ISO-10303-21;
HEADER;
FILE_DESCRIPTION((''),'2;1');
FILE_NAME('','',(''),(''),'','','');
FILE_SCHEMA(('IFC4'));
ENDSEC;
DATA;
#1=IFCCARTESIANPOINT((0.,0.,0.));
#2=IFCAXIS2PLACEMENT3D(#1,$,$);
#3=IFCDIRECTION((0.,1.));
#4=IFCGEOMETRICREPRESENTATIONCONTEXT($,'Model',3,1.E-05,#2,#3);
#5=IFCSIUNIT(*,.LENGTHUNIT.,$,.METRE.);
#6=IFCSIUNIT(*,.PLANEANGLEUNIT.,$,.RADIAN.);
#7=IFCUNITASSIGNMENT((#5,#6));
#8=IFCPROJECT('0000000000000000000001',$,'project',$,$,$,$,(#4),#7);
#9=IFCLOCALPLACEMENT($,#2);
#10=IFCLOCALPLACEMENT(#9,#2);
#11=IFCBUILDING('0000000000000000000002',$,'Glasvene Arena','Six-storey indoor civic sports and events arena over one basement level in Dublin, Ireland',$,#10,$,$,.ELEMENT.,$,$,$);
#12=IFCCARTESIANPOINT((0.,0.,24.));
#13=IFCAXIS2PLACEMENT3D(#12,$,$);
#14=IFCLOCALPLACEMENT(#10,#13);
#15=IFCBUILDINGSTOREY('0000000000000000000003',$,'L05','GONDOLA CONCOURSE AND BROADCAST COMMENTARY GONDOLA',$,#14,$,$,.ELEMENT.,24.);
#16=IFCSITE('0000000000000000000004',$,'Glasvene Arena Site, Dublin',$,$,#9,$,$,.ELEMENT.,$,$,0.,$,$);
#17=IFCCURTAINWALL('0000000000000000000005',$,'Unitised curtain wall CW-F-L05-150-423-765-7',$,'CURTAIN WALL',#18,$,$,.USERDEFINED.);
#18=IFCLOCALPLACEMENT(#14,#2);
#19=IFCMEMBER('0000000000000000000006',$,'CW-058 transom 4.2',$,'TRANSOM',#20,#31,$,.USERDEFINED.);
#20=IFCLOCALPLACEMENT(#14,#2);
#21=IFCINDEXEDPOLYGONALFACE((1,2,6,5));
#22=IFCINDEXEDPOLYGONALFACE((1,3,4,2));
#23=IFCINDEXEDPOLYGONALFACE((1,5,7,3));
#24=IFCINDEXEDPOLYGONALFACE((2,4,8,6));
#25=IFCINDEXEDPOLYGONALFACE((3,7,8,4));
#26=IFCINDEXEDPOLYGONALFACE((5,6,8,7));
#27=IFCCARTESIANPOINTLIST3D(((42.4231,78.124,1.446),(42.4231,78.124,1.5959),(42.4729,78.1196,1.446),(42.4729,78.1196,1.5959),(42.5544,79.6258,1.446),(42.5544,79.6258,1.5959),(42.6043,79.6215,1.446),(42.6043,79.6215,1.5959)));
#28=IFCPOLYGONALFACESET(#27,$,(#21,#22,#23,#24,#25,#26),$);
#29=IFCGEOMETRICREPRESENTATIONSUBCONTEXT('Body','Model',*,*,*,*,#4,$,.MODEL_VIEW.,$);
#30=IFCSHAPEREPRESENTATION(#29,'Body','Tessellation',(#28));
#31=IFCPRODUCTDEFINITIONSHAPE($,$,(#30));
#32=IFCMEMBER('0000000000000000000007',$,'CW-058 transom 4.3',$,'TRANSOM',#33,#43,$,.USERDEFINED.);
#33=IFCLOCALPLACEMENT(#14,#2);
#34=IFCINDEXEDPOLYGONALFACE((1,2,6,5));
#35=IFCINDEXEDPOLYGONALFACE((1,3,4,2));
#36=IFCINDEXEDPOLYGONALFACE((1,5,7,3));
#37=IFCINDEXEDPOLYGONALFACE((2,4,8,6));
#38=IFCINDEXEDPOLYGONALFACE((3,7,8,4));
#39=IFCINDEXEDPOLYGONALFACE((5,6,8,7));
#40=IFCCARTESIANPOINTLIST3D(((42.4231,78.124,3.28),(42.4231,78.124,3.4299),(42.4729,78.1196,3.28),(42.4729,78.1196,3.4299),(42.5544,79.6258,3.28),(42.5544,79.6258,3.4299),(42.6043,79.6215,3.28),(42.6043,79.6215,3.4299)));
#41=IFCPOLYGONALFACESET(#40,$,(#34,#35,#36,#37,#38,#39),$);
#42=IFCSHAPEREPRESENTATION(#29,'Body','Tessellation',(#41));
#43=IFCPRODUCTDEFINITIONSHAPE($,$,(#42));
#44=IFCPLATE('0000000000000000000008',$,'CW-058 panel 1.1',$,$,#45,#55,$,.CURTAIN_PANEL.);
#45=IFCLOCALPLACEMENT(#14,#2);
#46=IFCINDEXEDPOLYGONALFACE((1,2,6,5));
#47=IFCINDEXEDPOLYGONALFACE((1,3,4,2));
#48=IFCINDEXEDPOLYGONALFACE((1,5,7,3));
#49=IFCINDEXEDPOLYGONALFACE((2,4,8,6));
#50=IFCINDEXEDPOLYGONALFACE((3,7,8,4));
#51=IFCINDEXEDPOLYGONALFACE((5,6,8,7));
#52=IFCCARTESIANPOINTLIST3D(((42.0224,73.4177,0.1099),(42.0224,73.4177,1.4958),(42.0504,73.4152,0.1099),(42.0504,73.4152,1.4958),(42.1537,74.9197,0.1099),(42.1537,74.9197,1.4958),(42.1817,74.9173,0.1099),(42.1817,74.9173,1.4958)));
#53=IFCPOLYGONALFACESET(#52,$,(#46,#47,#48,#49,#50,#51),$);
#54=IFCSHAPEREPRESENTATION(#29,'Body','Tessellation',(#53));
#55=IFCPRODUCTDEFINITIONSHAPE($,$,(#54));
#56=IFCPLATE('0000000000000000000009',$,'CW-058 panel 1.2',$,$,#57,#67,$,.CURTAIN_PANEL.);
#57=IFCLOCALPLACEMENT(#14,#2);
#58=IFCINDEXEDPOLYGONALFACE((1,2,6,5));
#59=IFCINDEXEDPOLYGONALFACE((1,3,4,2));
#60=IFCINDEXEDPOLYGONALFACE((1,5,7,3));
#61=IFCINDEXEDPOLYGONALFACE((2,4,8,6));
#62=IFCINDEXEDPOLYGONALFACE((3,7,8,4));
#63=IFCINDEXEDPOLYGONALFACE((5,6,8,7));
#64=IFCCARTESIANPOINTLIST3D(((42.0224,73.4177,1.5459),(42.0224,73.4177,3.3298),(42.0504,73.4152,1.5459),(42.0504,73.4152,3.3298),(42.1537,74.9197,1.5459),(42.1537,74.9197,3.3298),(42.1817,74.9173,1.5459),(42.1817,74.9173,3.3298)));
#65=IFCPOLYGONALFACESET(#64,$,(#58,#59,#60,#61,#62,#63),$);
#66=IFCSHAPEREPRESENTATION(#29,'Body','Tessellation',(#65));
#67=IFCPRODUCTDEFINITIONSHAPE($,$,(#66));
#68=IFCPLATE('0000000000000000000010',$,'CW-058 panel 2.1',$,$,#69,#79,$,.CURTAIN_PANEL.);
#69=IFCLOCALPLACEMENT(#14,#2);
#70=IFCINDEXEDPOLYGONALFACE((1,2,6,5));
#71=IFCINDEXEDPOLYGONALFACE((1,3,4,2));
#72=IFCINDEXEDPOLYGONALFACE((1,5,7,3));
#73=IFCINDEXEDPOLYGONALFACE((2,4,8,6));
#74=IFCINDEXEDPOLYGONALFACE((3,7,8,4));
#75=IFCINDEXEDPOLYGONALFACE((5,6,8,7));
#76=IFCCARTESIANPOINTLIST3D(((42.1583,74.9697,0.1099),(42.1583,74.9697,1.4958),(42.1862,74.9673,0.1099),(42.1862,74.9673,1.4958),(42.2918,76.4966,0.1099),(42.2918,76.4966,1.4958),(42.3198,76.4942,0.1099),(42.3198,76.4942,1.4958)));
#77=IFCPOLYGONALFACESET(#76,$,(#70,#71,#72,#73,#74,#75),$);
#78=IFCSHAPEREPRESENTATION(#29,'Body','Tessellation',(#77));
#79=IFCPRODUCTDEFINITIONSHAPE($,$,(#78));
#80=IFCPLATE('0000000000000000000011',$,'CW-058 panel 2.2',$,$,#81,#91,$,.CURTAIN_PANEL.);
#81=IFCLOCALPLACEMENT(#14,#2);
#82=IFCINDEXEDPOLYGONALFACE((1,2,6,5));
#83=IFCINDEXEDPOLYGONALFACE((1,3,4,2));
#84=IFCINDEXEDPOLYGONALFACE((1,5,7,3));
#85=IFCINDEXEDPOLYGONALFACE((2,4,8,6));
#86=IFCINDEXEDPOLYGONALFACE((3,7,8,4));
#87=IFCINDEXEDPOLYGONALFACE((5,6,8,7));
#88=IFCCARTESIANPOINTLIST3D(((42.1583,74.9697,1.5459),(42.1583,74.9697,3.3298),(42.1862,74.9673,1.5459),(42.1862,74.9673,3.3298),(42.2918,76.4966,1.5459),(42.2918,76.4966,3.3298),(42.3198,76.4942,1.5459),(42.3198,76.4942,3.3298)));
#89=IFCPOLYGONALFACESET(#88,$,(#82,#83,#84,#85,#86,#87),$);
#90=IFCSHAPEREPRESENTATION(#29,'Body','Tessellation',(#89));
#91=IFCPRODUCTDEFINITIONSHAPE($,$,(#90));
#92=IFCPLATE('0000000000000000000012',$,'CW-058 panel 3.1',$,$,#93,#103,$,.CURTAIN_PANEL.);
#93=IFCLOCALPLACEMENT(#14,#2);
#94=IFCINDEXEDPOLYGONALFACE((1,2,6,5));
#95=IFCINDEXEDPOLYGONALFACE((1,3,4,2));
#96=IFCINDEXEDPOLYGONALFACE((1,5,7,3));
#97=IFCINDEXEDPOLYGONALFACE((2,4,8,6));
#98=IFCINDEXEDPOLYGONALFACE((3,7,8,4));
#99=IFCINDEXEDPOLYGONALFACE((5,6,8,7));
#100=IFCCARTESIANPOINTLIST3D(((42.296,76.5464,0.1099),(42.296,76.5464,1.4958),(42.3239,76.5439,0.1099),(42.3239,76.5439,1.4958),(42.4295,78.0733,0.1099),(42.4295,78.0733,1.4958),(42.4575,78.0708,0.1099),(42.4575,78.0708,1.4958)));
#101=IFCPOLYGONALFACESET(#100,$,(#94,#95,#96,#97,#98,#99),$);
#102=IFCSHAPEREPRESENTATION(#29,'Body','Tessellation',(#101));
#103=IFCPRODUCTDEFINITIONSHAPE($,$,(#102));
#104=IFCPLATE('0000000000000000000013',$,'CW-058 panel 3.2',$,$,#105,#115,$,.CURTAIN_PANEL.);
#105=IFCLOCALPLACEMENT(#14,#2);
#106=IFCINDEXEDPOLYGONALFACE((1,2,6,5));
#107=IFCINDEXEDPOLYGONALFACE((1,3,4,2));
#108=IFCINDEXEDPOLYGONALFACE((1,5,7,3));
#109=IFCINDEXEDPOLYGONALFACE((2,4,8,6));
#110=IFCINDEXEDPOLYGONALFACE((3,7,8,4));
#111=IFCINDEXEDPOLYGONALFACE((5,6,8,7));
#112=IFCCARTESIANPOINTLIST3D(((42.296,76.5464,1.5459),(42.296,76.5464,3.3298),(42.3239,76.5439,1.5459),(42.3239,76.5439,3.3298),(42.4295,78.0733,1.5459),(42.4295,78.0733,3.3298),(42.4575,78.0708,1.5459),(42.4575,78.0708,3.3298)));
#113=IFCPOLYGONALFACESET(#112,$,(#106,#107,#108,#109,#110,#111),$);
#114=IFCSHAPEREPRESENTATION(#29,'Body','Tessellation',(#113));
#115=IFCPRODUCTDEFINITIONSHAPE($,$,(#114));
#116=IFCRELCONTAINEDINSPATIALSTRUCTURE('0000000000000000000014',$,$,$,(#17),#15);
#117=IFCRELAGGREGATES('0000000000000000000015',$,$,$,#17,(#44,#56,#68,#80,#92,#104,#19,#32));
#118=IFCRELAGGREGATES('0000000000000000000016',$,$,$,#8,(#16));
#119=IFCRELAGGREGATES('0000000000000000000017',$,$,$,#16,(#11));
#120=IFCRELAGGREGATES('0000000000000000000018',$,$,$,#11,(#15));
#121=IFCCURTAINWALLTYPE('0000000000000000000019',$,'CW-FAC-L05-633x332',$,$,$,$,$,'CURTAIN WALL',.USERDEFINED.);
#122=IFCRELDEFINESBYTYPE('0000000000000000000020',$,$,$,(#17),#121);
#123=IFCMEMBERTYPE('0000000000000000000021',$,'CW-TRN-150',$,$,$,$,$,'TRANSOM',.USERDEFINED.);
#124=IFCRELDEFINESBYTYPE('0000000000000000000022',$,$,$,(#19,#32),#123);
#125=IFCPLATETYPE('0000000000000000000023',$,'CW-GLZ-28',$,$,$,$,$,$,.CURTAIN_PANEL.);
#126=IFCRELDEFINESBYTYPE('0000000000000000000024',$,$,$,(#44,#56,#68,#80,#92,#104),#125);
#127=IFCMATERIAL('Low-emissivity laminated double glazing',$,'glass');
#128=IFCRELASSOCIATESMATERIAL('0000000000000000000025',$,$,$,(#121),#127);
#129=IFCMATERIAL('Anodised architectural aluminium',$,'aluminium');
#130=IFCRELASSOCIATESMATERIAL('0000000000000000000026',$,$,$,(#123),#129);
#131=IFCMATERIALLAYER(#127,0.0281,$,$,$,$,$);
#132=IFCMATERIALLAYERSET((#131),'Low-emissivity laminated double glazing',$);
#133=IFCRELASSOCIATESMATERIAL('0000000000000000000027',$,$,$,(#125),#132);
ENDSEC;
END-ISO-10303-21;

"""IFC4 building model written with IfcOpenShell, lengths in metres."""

from ifc_helpers import new_model, si_unit, direction, frame, origin, origin_2d, place, context, subcontext, project, spatial, rectangle, extrude, material, layer, layer_set, material_profile, profile_set, type_object, element, aggregate, save


model = new_model("IFC4")

# Units and contexts
model_context = context("Model", 3, precision=1e-05, world=origin(), true_north=direction((0.0, 1.0)))
body_context = subcontext(model_context, "Body", "Model", "MODEL_VIEW")
ifc_project = project(units=[si_unit("LENGTHUNIT", "METRE"), si_unit("PLANEANGLEUNIT", "RADIAN")], contexts=[model_context])

# Site, building, storey
site_placement = place(None, origin())
site = spatial("IfcSite", under=ifc_project, at=site_placement, Name="Glasvene Arena Site, Dublin", CompositionType="ELEMENT", RefElevation=0.0)
building_placement = place(site_placement, origin())
building = spatial("IfcBuilding", under=site, at=building_placement, Name="Glasvene Arena", Description="Six-storey indoor civic sports and events arena over one basement level in Dublin, Ireland", CompositionType="ELEMENT")
storey_placement = place(building_placement, frame((0.0, 0.0, 24.0)))
storey = spatial("IfcBuildingStorey", under=building, at=storey_placement, Name="L05", Description="GONDOLA CONCOURSE AND BROADCAST COMMENTARY GONDOLA", CompositionType="ELEMENT", Elevation=24.0)

# Curtain wall, members, plates
ifc_material_1 = material(Name="Low-emissivity laminated double glazing", Category="glass")
curtain_wall_type = type_object("IfcCurtainWallType", Name="CW-FAC-L05-633x332", ElementType="CURTAIN WALL", PredefinedType="USERDEFINED", material=ifc_material_1)
curtain_wall_placement = place(storey_placement, frame((42.032, 73.3667, 0.0)))
curtain_wall = element("IfcCurtainWall", 1, at=curtain_wall_placement, inside=storey, type_object=curtain_wall_type, Name="Unitised curtain wall CW-F-L05-150-423-765-7", ObjectType="CURTAIN WALL", PredefinedType="USERDEFINED")
ifc_material_2 = material(Name="Anodised architectural aluminium", Category="aluminium")
ifc_material_profile_1 = material_profile(ifc_material_2, rectangle(XDim=0.05, YDim=0.1499, at=origin_2d()), Name="ALU TRANSOM 50x150")
ifc_profile_set_1 = profile_set([ifc_material_profile_1], Name="Anodised architectural aluminium")
member_type_1 = type_object("IfcMemberType", Name="CW-TRN-150", ElementType="TRANSOM", PredefinedType="USERDEFINED", material=ifc_profile_set_1)
member_1_placement = place(storey_placement, frame((42.448, 78.1218, 1.521), z_axis=(0.087119, 0.996198, 0.0), x_axis=(-0.996198, 0.087119, 0.0)))
member_1 = element("IfcMember", 2, at=member_1_placement, type_object=member_type_1, Name="CW-058 transom 4.2", ObjectType="TRANSOM", PredefinedType="USERDEFINED", context=body_context, shape_type="SweptSolid", body=[
    extrude(rectangle(XDim=0.05, YDim=0.1499, at=origin_2d()), origin(), (0.0, 0.0, 1.0), 1.5076),
])
member_2_placement = place(storey_placement, frame((42.448, 78.1218, 3.355), z_axis=(0.087119, 0.996198, 0.0), x_axis=(-0.996198, 0.087119, 0.0)))
member_2 = element("IfcMember", 3, at=member_2_placement, type_object=member_type_1, Name="CW-058 transom 4.3", ObjectType="TRANSOM", PredefinedType="USERDEFINED", context=body_context, shape_type="SweptSolid", body=[
    extrude(rectangle(XDim=0.05, YDim=0.1499, at=origin_2d()), origin(), (0.0, 0.0, 1.0), 1.5076),
])
ifc_layer = layer(ifc_material_1, 0.0281)
ifc_layer_set = layer_set([ifc_layer], Name="Low-emissivity laminated double glazing")
plate_type = type_object("IfcPlateType", Name="CW-GLZ-28", PredefinedType="CURTAIN_PANEL", material=ifc_layer_set)
plate_1_placement = place(storey_placement, frame((42.1021, 74.1675, 0.1099), z_axis=(0.0, 0.0, 1.0), x_axis=(0.087113, 0.996198, 0.0)))
plate_1 = element("IfcPlate", 4, at=plate_1_placement, type_object=plate_type, Name="CW-058 panel 1.1", PredefinedType="CURTAIN_PANEL", context=body_context, shape_type="SweptSolid", body=[
    extrude(rectangle(XDim=1.5078, YDim=0.0281, at=origin_2d()), origin(), (0.0, 0.0, 1.0), 1.386),
])
plate_2_placement = place(storey_placement, frame((42.1021, 74.1675, 1.5459), z_axis=(0.0, 0.0, 1.0), x_axis=(0.087113, 0.996198, 0.0)))
plate_2 = element("IfcPlate", 5, at=plate_2_placement, type_object=plate_type, Name="CW-058 panel 1.2", PredefinedType="CURTAIN_PANEL", context=body_context, shape_type="SweptSolid", body=[
    extrude(rectangle(XDim=1.5078, YDim=0.0281, at=origin_2d()), origin(), (0.0, 0.0, 1.0), 1.7839),
])
plate_3_placement = place(storey_placement, frame((42.239, 75.7319, 0.1099), z_axis=(0.0, 0.0, 1.0), x_axis=(0.087113, 0.996198, 0.0)))
plate_3 = element("IfcPlate", 6, at=plate_3_placement, type_object=plate_type, Name="CW-058 panel 2.1", PredefinedType="CURTAIN_PANEL", context=body_context, shape_type="SweptSolid", body=[
    extrude(rectangle(XDim=1.5327, YDim=0.0281, at=origin_2d()), origin(), (0.0, 0.0, 1.0), 1.386),
])
plate_4_placement = place(storey_placement, frame((42.239, 75.7319, 1.5459), z_axis=(0.0, 0.0, 1.0), x_axis=(0.087113, 0.996198, 0.0)))
plate_4 = element("IfcPlate", 7, at=plate_4_placement, type_object=plate_type, Name="CW-058 panel 2.2", PredefinedType="CURTAIN_PANEL", context=body_context, shape_type="SweptSolid", body=[
    extrude(rectangle(XDim=1.5327, YDim=0.0281, at=origin_2d()), origin(), (0.0, 0.0, 1.0), 1.7839),
])
plate_5_placement = place(storey_placement, frame((42.3767, 77.3086, 0.1099), z_axis=(0.0, 0.0, 1.0), x_axis=(0.087113, 0.996198, 0.0)))
plate_5 = element("IfcPlate", 8, at=plate_5_placement, type_object=plate_type, Name="CW-058 panel 3.1", PredefinedType="CURTAIN_PANEL", context=body_context, shape_type="SweptSolid", body=[
    extrude(rectangle(XDim=1.5327, YDim=0.0281, at=origin_2d()), origin(), (0.0, 0.0, 1.0), 1.386),
])
plate_6_placement = place(storey_placement, frame((42.3767, 77.3086, 1.5459), z_axis=(0.0, 0.0, 1.0), x_axis=(0.087113, 0.996198, 0.0)))
plate_6 = element("IfcPlate", 9, at=plate_6_placement, type_object=plate_type, Name="CW-058 panel 3.2", PredefinedType="CURTAIN_PANEL", context=body_context, shape_type="SweptSolid", body=[
    extrude(rectangle(XDim=1.5327, YDim=0.0281, at=origin_2d()), origin(), (0.0, 0.0, 1.0), 1.7839),
])
aggregate(curtain_wall, [plate_1, plate_2, plate_3, plate_4, plate_5, plate_6, member_1, member_2])

save(model, "model.ifc")
